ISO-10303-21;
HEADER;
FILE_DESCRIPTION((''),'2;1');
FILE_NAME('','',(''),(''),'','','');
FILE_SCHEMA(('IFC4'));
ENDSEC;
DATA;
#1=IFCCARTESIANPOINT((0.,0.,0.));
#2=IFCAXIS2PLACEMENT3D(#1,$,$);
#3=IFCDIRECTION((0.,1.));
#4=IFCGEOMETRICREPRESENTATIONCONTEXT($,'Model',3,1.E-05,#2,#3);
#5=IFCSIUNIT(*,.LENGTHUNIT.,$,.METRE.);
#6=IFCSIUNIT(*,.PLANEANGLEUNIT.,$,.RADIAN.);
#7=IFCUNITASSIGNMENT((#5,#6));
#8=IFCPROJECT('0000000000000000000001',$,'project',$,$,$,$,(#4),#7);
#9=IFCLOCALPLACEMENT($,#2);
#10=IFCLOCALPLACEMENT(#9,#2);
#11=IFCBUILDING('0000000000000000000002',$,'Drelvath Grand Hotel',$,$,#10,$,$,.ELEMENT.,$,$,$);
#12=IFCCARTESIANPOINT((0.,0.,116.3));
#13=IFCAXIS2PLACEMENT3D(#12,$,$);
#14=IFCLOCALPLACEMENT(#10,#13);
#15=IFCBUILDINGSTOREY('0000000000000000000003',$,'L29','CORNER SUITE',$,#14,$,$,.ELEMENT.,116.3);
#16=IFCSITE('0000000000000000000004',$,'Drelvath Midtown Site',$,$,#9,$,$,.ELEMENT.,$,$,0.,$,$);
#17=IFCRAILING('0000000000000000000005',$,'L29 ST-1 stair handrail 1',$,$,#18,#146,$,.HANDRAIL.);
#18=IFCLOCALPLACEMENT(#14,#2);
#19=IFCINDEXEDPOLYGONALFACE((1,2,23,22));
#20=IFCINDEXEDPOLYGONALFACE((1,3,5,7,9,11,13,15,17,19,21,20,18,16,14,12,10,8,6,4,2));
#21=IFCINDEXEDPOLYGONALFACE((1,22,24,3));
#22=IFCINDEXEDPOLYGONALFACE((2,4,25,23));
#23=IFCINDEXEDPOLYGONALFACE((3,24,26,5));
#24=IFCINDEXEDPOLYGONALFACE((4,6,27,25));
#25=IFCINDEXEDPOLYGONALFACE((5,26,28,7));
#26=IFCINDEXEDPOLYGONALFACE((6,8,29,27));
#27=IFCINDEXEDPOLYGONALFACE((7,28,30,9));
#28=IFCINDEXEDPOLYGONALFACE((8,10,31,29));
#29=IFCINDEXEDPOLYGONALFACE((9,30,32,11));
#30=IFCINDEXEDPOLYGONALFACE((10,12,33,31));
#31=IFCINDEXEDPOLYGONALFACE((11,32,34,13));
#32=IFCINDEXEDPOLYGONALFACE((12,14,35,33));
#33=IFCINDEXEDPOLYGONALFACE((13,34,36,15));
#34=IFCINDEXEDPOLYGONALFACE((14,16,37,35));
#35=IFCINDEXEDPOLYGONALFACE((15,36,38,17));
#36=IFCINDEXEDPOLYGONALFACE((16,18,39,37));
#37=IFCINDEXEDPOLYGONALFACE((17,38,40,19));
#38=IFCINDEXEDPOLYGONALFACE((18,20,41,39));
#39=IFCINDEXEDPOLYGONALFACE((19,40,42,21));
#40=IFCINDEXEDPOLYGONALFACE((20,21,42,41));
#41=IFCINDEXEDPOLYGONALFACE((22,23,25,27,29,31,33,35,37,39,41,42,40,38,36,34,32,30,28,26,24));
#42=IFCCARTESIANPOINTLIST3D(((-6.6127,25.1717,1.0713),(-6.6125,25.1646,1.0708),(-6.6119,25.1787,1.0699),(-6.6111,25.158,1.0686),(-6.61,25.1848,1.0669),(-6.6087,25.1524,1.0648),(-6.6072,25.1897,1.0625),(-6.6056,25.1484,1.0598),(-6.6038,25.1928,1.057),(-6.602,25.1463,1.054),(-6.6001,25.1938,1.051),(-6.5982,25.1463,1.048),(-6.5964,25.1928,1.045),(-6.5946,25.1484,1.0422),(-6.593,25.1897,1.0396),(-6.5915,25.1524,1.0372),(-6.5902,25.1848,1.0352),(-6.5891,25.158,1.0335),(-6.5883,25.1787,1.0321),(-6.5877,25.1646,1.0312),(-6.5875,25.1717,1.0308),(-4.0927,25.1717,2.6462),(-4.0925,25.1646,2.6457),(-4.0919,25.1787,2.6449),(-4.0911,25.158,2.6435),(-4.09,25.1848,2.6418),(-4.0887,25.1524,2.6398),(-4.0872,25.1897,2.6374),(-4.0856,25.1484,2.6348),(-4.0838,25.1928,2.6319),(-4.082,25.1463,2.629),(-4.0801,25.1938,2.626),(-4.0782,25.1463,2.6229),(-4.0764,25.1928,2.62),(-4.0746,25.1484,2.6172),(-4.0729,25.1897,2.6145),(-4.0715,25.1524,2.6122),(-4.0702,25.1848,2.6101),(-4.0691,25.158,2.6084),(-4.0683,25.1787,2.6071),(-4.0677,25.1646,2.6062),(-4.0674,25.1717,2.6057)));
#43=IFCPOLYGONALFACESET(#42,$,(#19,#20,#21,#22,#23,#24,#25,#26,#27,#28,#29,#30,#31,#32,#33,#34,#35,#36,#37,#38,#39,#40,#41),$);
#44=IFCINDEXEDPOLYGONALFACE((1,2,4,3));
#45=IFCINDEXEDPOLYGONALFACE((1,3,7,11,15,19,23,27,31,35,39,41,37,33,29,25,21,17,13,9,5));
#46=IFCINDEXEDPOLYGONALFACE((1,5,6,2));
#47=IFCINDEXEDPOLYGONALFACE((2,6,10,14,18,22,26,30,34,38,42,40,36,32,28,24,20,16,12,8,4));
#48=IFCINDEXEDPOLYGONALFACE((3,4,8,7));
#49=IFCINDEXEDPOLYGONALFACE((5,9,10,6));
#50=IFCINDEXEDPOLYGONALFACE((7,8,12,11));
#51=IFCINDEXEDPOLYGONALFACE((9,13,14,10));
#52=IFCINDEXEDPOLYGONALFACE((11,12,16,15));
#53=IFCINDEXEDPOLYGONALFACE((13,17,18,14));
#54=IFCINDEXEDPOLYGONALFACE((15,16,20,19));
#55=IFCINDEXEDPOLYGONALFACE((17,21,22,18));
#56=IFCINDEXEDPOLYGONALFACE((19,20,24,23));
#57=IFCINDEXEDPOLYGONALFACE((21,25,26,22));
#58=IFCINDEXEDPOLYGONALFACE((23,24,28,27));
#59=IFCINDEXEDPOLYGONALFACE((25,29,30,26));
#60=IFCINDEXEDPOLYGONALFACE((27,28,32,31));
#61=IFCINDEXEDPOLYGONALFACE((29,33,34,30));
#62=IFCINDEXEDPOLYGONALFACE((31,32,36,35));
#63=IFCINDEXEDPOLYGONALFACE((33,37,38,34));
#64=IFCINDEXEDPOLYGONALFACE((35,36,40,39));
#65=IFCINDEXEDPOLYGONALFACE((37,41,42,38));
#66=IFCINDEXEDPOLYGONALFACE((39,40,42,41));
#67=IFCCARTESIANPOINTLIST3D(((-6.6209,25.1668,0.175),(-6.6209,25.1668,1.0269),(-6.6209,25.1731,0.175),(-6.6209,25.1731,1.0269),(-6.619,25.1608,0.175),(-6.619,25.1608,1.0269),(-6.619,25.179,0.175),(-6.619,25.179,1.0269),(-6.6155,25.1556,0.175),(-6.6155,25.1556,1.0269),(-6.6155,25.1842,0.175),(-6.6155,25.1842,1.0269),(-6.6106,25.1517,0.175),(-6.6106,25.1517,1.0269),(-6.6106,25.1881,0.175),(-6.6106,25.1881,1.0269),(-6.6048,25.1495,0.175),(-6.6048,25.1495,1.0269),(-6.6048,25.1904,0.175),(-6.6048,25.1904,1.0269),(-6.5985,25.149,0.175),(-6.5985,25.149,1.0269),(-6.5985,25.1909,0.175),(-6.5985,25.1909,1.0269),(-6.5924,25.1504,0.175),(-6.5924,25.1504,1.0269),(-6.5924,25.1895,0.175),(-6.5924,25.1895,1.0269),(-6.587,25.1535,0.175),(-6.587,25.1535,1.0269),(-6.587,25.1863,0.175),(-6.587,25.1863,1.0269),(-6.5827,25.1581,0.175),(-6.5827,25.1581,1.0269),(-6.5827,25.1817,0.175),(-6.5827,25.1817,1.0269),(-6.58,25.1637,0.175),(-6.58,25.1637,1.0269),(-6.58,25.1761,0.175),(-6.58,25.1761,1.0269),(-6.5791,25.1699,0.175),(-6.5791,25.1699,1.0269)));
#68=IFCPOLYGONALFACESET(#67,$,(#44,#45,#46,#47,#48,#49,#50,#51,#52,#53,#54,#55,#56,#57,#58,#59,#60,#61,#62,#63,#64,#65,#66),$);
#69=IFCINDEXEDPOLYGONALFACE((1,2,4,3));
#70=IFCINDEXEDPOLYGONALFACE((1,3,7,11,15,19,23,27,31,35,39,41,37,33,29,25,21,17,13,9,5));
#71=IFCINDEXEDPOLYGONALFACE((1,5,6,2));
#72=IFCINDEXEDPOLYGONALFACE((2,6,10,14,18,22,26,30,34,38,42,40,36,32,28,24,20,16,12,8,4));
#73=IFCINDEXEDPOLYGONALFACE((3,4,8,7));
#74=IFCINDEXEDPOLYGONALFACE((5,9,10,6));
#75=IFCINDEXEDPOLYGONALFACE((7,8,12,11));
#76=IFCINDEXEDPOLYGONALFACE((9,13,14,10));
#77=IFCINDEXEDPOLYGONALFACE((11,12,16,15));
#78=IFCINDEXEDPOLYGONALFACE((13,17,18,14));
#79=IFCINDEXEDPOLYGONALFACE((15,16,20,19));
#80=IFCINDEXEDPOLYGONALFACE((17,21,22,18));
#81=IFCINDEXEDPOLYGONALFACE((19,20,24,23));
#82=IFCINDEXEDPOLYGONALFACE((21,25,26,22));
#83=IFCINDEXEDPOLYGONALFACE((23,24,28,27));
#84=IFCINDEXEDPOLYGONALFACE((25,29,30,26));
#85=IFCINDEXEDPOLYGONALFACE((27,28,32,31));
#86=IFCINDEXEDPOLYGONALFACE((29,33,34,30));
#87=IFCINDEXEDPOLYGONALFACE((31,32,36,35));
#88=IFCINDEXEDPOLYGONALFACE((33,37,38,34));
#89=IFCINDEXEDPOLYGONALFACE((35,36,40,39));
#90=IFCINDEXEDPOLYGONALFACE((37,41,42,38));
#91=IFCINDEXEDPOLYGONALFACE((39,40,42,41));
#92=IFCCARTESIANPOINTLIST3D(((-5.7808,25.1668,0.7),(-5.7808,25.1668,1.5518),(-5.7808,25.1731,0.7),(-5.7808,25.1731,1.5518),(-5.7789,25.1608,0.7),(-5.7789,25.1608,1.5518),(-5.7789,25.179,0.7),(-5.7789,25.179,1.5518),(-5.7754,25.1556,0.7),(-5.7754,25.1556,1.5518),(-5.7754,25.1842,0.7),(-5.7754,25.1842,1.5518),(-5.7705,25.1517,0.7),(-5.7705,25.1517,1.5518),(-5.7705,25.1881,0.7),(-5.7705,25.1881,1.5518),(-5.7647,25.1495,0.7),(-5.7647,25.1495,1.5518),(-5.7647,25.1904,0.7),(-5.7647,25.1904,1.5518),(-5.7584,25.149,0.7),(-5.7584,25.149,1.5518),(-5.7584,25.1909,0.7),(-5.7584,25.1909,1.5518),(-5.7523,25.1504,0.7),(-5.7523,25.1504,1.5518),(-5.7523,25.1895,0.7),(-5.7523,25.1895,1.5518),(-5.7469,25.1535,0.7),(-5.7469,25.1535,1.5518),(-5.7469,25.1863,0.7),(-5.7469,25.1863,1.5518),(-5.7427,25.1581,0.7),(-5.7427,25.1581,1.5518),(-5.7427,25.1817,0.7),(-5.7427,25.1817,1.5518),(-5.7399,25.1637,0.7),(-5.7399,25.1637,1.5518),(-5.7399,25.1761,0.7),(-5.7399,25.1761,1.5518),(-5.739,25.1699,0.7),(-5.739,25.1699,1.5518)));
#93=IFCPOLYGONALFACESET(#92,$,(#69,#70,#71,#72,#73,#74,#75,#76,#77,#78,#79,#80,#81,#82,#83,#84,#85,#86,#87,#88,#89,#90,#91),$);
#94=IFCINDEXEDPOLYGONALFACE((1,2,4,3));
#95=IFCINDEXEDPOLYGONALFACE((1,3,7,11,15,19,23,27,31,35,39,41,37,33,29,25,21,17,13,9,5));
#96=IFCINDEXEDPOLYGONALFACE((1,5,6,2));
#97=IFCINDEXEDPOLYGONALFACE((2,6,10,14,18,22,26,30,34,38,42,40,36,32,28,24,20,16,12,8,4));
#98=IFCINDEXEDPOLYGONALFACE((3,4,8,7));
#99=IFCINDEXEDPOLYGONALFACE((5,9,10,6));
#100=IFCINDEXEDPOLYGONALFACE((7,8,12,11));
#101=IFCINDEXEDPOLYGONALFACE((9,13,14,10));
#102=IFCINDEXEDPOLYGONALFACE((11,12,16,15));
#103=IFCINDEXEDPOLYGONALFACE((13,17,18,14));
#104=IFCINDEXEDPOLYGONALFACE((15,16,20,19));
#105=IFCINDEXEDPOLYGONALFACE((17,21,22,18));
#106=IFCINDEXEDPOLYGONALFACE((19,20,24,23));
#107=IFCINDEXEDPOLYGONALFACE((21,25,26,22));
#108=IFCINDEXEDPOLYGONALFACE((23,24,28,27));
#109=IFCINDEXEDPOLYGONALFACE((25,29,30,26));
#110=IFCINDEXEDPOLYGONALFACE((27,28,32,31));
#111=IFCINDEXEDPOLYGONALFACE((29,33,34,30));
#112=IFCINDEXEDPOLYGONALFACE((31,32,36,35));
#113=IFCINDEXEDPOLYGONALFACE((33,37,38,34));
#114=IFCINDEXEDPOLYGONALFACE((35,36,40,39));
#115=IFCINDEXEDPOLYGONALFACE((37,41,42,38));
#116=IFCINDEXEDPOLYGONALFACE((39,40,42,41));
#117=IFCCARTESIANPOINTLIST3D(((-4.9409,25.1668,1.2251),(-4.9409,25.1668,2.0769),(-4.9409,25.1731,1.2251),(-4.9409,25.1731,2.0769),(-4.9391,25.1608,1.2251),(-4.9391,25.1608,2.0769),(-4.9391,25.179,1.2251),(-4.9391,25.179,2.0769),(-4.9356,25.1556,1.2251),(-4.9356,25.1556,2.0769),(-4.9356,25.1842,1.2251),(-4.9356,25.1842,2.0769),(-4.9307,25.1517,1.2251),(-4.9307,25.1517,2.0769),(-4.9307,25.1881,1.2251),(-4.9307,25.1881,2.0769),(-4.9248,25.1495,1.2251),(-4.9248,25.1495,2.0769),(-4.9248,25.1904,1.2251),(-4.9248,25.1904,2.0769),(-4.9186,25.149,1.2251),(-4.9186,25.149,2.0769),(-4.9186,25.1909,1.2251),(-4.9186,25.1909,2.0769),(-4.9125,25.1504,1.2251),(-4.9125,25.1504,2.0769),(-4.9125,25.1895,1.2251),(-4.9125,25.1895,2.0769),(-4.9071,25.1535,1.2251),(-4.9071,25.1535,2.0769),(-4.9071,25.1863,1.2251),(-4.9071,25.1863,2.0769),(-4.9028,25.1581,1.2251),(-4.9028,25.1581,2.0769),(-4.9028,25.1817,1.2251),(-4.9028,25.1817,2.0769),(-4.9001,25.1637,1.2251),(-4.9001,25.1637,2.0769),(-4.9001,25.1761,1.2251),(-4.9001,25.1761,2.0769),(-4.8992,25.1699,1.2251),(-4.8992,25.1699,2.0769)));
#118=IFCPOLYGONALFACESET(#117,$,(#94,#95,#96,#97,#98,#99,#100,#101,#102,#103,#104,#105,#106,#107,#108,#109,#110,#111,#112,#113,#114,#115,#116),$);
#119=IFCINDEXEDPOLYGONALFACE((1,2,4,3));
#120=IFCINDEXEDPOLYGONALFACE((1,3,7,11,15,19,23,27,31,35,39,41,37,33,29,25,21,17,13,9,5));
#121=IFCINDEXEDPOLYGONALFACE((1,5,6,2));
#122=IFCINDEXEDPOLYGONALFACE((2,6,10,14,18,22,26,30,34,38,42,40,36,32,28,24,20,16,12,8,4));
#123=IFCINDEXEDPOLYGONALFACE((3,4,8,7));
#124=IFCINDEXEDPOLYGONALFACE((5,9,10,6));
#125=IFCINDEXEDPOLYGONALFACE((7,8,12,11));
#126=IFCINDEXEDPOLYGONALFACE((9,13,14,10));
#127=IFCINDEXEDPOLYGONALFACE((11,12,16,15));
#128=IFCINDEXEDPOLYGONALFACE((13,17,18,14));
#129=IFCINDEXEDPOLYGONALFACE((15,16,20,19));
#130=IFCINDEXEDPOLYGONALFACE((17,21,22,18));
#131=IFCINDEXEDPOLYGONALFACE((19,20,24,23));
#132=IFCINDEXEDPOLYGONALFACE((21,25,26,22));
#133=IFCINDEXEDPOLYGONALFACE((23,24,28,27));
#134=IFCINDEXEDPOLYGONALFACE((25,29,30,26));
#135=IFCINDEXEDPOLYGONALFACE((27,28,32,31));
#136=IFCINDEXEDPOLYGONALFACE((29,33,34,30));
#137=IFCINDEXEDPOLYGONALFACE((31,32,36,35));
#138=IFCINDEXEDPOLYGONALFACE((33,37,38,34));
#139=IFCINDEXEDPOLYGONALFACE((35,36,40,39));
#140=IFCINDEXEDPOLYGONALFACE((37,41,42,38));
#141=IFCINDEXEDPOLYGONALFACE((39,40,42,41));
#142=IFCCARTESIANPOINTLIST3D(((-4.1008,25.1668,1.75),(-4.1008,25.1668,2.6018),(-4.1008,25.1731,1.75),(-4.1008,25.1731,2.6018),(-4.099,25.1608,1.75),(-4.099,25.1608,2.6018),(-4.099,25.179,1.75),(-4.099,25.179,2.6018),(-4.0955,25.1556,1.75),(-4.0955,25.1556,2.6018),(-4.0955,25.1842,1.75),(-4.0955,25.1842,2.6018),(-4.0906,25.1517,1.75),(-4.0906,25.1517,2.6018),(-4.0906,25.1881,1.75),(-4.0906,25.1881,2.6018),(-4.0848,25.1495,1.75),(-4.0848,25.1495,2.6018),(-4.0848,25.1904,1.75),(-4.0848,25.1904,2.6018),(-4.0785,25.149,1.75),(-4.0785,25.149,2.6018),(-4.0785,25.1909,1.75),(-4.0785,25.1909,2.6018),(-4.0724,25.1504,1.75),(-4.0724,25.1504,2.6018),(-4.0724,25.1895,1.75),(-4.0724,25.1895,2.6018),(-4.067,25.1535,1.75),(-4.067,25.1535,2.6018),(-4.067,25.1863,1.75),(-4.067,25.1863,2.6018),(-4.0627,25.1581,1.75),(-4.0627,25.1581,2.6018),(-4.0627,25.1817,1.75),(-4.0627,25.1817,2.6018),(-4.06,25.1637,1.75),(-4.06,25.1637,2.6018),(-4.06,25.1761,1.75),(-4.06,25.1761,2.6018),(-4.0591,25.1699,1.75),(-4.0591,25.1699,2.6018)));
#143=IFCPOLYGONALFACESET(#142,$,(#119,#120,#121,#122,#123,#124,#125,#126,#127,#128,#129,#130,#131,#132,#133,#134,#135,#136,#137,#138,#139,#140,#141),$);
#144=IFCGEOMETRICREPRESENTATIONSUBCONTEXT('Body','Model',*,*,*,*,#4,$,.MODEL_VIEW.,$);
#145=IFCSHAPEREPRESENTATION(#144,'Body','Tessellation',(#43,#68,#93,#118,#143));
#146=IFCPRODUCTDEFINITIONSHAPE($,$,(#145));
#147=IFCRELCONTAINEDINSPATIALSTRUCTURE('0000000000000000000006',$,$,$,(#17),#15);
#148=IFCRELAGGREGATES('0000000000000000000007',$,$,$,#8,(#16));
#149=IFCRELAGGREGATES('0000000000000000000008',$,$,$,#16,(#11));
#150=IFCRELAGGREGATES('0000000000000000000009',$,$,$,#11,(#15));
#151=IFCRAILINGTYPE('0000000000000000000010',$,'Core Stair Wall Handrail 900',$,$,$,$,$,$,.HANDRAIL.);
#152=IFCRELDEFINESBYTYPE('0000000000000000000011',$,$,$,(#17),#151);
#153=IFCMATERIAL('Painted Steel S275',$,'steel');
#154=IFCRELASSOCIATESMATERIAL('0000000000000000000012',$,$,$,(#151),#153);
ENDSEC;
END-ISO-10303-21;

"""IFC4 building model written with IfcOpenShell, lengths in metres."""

from ifc_helpers import new_model, si_unit, direction, frame, origin, origin_2d, place, context, subcontext, project, spatial, circle, extrude, material, type_object, element, save


model = new_model("IFC4")

# Units and contexts
model_context = context("Model", 3, precision=1e-05, world=origin(), true_north=direction((0.0, 1.0)))
body_context = subcontext(model_context, "Body", "Model", "MODEL_VIEW")
ifc_project = project(units=[si_unit("LENGTHUNIT", "METRE"), si_unit("PLANEANGLEUNIT", "RADIAN")], contexts=[model_context])

# Site, building, storey
site_placement = place(None, origin())
site = spatial("IfcSite", under=ifc_project, at=site_placement, Name="Drelvath Midtown Site", CompositionType="ELEMENT", RefElevation=0.0)
building_placement = place(site_placement, origin())
building = spatial("IfcBuilding", under=site, at=building_placement, Name="Drelvath Grand Hotel", CompositionType="ELEMENT")
storey_placement = place(building_placement, frame((0.0, 0.0, 116.3)))
storey = spatial("IfcBuildingStorey", under=building, at=storey_placement, Name="L29", Description="CORNER SUITE", CompositionType="ELEMENT", Elevation=116.3)

# Shared definitions
ifc_material_1 = material(Name="Painted Steel S275", Category="steel")

# Railing
railing_type_1 = type_object("IfcRailingType", Name="Core Stair Wall Handrail 900", PredefinedType="HANDRAIL", material=ifc_material_1)
railing_1_placement = place(storey_placement, frame((-6.6001, 25.1699, 0.175)))
element("IfcRailing", 1, at=railing_1_placement, inside=storey, type_object=railing_type_1, Name="L29 ST-1 stair handrail 1", PredefinedType="HANDRAIL", context=body_context, shape_type="SweptSolid", body=[
    extrude(circle(Radius=0.0239, at=origin_2d()), frame((0.0, 0.0, 0.876), z_axis=(0.848008, 0.0, 0.529984), x_axis=(0.0, 1.0, 0.0)), (0.0, 0.0, 1.0), 2.9717),
    extrude(circle(Radius=0.021, at=origin_2d()), origin(), (0.0, 0.0, 1.0), 0.8518),
    extrude(circle(Radius=0.021, at=origin_2d()), frame((0.8401, 0.0, 0.5249)), (0.0, 0.0, 1.0), 0.8518),
    extrude(circle(Radius=0.021, at=origin_2d()), frame((1.6799, 0.0, 1.05)), (0.0, 0.0, 1.0), 0.8518),
    extrude(circle(Radius=0.021, at=origin_2d()), frame((2.52, 0.0, 1.575)), (0.0, 0.0, 1.0), 0.8518),
])

save(model, "model.ifc")
